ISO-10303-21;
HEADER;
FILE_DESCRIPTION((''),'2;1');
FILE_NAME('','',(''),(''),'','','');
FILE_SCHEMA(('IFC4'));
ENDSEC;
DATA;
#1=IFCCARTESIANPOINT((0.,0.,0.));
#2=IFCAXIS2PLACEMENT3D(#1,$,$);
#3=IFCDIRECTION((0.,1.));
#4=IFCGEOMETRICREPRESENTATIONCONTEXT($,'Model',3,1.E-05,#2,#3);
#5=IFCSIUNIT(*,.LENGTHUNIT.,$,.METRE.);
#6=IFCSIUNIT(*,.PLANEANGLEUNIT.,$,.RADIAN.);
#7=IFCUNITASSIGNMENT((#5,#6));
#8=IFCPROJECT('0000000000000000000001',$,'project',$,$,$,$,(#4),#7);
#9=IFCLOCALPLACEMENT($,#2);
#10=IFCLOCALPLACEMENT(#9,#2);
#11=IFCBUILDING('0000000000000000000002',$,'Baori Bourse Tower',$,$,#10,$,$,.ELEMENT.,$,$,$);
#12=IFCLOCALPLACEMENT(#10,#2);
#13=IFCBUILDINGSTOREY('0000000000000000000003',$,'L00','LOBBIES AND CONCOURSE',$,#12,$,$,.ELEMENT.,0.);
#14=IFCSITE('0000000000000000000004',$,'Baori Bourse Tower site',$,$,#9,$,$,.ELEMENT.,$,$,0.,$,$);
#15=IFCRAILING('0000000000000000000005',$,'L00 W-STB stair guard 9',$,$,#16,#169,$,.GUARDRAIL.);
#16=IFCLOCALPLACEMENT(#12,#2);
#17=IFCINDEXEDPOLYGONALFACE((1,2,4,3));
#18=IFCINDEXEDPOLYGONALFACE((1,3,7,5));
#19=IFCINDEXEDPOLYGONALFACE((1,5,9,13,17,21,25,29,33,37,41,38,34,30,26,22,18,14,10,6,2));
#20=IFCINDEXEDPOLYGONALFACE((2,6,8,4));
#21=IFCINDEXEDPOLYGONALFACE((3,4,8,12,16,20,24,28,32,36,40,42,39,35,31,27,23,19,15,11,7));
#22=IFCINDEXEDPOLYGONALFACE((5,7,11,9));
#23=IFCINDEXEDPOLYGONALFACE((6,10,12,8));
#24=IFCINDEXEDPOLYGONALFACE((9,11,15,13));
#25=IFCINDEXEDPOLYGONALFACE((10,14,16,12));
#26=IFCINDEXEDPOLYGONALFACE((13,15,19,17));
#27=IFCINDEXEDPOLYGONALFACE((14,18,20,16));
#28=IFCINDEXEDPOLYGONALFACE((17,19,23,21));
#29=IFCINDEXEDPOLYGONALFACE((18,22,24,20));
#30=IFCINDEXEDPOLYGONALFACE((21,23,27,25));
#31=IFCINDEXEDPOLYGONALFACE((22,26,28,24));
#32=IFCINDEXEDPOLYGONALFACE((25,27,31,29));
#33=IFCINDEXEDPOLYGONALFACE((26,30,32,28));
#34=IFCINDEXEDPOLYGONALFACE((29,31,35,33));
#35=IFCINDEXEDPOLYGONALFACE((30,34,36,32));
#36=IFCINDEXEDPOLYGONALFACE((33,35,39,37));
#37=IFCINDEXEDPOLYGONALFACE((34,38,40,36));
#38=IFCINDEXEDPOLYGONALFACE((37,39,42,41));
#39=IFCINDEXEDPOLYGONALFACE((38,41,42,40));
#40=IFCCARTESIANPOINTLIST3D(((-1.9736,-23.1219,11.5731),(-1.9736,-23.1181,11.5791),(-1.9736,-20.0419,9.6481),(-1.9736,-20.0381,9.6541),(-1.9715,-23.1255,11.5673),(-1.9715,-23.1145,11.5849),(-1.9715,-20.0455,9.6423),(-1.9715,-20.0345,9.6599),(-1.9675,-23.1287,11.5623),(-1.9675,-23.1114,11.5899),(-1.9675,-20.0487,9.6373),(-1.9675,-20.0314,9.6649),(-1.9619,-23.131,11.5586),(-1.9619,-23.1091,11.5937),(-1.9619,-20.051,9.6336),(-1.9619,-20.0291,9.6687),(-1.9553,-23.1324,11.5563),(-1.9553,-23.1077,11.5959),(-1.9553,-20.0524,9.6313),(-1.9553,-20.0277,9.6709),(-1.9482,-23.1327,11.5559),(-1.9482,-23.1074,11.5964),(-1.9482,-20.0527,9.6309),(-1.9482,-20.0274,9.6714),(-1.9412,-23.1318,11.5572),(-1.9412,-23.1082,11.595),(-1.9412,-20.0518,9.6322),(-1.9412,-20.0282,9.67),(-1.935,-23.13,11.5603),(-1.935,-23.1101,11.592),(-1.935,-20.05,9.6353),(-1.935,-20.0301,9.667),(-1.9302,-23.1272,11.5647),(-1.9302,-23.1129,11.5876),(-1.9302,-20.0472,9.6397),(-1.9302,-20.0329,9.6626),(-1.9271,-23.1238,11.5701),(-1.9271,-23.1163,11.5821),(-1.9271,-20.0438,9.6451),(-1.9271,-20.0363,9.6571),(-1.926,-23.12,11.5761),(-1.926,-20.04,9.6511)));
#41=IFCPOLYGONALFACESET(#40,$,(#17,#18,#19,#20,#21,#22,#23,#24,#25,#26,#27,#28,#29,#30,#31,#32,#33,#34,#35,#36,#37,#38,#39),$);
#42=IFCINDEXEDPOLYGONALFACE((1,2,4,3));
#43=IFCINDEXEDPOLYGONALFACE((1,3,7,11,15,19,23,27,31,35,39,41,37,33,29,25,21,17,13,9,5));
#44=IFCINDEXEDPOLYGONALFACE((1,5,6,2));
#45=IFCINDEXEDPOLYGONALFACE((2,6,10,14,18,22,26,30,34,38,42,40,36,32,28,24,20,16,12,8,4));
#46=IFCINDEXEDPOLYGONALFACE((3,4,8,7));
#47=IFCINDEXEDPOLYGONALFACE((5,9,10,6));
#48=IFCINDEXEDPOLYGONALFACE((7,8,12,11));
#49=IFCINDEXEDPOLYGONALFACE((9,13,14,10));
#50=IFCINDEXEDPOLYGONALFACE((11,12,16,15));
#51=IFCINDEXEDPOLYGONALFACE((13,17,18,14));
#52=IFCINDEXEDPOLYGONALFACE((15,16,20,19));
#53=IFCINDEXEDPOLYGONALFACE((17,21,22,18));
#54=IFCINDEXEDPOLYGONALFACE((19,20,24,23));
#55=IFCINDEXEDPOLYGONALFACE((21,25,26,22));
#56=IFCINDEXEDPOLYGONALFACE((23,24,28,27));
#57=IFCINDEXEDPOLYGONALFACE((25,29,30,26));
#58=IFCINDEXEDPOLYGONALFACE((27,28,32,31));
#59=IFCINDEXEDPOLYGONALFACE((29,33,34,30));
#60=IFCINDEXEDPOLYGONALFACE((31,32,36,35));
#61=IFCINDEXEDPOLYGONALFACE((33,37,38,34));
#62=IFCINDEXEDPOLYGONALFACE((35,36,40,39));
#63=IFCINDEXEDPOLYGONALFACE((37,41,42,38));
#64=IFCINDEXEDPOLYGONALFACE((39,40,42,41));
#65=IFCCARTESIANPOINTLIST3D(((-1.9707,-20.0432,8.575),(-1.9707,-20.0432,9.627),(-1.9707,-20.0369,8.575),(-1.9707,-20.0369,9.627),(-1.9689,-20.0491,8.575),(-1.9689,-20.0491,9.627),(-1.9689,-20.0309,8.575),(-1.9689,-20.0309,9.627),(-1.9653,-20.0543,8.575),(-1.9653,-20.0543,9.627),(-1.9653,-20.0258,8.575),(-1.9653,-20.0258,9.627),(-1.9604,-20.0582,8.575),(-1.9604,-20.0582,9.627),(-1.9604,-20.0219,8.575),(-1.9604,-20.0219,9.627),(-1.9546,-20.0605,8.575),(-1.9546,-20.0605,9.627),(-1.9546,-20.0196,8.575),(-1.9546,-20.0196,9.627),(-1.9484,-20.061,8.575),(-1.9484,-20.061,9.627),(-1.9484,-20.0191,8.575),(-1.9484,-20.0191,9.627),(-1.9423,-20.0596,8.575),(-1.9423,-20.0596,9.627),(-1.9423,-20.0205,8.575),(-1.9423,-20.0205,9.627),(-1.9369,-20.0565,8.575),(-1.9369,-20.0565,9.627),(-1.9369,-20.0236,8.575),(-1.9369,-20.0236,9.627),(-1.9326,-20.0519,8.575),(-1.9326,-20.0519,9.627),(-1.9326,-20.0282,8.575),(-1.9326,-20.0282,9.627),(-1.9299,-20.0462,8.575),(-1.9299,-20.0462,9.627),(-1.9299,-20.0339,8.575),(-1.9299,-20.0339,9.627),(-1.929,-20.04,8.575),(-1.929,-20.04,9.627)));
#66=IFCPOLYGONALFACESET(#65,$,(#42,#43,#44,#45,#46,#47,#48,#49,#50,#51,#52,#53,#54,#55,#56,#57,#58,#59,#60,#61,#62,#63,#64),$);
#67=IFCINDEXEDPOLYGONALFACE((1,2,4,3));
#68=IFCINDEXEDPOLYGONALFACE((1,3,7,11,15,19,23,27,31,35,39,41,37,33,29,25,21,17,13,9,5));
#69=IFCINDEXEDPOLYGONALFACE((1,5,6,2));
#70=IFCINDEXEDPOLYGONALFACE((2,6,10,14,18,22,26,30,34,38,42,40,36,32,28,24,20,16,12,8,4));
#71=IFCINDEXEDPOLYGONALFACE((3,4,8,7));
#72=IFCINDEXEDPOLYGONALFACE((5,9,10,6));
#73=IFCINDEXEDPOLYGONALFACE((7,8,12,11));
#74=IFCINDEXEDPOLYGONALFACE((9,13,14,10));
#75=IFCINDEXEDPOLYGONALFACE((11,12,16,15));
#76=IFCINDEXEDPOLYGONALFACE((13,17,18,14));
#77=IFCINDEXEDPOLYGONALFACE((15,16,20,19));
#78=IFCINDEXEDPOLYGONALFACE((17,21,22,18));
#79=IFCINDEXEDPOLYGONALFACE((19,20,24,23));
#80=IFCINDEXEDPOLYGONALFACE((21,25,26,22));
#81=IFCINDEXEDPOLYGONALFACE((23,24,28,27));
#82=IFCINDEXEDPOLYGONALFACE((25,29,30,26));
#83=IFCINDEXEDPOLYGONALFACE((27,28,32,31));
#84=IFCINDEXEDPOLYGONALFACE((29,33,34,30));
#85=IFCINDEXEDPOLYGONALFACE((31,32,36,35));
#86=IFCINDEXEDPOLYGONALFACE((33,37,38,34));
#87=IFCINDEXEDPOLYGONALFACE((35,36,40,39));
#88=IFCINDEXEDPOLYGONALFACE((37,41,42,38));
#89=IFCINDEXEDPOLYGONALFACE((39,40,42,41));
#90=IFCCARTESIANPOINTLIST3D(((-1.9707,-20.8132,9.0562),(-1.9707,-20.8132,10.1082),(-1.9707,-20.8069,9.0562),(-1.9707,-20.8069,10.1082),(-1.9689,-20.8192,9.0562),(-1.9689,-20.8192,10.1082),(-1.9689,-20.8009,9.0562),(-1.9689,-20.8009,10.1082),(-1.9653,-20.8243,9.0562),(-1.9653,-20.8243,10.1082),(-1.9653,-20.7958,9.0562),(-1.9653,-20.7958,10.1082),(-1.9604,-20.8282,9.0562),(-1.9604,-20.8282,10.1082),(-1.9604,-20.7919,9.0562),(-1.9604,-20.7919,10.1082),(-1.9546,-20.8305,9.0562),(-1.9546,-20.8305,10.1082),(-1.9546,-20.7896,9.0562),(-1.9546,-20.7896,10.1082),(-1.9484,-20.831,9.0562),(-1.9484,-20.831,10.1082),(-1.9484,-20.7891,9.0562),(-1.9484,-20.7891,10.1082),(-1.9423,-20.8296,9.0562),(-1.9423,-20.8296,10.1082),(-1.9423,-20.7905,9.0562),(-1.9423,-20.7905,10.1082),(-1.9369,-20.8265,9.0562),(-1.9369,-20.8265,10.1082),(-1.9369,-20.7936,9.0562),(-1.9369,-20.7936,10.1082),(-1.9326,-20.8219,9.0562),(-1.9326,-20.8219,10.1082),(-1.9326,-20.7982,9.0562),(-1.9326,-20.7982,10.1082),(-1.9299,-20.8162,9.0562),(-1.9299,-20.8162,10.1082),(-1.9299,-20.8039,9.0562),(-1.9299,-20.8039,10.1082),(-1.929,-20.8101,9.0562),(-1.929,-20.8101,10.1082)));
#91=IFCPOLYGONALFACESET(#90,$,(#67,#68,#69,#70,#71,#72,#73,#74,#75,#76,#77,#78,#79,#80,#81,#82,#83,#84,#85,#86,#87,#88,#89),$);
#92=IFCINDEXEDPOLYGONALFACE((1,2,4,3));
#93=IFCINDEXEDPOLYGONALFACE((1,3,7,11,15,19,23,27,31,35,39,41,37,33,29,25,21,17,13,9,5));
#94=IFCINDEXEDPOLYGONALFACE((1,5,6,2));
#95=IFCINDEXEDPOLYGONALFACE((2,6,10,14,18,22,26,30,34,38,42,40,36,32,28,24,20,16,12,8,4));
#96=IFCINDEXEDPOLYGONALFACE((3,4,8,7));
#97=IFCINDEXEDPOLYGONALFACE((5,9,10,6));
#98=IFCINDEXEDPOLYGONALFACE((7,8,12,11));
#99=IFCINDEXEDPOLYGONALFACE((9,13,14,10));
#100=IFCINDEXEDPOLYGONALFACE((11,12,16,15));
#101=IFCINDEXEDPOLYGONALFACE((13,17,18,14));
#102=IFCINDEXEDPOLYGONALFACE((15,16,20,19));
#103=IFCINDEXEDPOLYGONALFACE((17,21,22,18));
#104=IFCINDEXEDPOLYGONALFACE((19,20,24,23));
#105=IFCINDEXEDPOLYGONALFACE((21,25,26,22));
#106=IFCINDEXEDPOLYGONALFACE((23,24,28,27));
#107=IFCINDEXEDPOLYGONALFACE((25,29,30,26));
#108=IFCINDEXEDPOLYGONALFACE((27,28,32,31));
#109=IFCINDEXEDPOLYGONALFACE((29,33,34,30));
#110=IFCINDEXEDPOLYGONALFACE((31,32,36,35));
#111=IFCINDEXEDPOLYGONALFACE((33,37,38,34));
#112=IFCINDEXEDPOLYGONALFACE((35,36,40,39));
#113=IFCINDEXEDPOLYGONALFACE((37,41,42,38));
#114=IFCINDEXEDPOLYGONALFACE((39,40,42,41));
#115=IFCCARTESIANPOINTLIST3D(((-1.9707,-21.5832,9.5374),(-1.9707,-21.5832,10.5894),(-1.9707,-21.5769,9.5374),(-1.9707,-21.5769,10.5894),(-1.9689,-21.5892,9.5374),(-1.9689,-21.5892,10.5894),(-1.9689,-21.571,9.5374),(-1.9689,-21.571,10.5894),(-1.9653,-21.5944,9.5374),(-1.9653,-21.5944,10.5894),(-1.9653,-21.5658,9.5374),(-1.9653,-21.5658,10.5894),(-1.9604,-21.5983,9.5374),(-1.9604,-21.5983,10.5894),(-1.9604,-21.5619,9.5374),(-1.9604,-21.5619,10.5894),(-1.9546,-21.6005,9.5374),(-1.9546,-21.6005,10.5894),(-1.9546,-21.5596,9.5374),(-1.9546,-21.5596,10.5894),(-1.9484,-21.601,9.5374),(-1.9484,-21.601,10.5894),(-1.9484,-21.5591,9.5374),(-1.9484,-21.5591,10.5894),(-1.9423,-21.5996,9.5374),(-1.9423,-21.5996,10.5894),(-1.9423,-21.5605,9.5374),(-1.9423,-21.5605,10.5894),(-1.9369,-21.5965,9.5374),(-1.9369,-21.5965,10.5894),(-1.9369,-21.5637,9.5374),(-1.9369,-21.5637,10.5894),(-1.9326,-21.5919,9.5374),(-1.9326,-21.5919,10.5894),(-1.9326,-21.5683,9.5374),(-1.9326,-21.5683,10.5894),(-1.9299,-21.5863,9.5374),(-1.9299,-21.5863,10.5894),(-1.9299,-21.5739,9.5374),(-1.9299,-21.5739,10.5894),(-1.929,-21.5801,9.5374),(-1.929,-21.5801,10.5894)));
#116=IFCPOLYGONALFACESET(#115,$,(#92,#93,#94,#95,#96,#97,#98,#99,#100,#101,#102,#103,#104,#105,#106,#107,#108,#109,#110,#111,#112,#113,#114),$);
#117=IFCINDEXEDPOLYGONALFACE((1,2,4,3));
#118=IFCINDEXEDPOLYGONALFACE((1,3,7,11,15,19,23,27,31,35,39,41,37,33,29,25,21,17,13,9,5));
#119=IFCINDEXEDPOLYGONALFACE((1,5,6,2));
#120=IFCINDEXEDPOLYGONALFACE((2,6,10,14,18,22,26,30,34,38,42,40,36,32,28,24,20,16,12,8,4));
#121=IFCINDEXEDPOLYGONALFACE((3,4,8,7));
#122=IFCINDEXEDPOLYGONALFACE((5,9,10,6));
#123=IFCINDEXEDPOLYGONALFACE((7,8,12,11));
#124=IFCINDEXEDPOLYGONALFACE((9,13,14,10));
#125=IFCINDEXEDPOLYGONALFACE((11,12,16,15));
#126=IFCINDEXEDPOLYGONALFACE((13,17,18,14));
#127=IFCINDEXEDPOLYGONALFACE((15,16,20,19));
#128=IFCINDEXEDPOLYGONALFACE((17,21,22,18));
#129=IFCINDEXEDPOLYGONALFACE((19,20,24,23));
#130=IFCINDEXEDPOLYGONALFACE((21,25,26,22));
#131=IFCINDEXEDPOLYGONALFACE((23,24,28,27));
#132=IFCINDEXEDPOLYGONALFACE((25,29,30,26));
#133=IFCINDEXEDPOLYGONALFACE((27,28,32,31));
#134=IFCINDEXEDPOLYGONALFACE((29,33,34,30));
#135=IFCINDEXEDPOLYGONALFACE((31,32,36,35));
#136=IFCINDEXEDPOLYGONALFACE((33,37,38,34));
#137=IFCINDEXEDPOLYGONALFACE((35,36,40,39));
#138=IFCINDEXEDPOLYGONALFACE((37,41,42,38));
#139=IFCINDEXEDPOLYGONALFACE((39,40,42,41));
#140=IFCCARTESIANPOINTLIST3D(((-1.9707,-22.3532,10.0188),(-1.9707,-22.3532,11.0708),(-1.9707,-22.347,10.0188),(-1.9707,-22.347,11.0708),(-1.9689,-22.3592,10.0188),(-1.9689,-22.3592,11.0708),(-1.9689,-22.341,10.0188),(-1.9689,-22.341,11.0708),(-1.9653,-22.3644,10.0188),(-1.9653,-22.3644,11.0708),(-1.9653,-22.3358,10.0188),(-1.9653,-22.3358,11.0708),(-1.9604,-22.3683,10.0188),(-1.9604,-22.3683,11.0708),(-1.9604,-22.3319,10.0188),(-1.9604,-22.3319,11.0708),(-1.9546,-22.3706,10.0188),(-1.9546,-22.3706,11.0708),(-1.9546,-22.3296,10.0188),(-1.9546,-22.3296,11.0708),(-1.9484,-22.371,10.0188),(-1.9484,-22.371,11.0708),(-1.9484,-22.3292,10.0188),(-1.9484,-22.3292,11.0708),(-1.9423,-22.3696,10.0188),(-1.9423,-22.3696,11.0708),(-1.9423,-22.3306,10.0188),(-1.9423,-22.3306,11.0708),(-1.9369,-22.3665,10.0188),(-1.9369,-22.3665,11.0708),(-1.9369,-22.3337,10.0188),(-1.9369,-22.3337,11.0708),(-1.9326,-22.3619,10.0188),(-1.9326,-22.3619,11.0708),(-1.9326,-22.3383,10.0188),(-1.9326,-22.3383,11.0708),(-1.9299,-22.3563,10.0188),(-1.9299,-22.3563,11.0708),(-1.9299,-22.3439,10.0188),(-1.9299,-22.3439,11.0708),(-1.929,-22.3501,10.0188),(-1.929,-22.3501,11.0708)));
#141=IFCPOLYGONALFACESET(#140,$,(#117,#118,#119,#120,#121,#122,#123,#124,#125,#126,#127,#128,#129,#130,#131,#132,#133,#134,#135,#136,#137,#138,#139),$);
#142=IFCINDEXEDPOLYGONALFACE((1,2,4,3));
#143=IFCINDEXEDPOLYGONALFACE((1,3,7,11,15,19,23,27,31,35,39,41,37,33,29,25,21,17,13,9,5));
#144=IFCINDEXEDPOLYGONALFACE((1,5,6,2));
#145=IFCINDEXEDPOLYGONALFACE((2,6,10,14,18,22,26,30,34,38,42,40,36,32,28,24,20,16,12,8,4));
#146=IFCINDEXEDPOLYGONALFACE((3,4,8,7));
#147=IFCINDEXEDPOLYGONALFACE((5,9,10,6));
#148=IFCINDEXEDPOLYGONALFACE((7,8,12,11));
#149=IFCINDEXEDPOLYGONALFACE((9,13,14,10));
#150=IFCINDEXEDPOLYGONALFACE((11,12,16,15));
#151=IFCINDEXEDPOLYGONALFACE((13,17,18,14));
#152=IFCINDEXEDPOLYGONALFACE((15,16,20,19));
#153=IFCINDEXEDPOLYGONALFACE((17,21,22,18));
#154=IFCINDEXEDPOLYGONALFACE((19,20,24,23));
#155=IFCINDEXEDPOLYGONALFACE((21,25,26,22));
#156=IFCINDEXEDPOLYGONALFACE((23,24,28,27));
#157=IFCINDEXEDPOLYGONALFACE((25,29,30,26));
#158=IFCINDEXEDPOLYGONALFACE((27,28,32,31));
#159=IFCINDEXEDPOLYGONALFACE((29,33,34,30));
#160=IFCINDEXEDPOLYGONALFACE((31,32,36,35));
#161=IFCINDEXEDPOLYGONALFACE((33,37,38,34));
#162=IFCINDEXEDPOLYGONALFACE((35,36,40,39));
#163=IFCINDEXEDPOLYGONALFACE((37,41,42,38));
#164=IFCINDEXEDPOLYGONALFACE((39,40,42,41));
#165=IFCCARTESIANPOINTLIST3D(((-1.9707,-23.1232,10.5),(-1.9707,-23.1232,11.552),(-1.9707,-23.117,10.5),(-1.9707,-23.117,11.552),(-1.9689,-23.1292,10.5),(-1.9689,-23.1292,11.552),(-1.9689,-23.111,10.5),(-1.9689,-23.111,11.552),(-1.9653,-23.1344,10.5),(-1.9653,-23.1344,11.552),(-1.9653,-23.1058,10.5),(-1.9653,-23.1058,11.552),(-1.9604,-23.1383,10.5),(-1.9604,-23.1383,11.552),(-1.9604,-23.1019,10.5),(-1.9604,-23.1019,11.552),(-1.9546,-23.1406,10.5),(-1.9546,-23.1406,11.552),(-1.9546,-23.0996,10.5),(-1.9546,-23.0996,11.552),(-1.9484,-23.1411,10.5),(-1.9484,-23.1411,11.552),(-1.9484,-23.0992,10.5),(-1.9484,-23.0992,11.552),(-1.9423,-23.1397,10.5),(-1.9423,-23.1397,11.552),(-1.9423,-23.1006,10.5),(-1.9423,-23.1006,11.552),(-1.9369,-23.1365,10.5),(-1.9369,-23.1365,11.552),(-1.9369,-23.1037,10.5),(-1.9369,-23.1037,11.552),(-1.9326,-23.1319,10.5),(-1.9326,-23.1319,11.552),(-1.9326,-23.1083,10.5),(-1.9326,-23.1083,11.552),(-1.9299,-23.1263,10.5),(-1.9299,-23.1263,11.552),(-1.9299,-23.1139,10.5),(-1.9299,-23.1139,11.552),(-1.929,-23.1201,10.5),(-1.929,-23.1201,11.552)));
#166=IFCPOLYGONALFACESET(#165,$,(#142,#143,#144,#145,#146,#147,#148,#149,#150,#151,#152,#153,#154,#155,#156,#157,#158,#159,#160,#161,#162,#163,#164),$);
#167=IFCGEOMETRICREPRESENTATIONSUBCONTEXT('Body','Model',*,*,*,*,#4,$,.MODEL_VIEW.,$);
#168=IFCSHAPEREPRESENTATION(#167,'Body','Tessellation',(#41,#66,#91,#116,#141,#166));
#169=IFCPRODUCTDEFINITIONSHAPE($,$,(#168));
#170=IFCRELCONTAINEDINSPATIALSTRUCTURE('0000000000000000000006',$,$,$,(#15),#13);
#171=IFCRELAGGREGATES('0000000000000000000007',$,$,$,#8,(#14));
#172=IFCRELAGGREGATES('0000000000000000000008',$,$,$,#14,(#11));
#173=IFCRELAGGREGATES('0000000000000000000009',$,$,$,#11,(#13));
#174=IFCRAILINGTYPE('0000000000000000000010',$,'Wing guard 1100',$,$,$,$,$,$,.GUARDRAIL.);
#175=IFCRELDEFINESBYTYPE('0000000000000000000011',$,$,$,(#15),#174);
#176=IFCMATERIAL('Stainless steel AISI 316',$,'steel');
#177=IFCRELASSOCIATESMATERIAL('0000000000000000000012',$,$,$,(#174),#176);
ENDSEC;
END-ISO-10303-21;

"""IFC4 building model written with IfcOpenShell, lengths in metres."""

from ifc_helpers import new_model, si_unit, direction, frame, origin, origin_2d, place, context, subcontext, project, spatial, circle, extrude, material, type_object, element, save


model = new_model("IFC4")

# Units and contexts
model_context = context("Model", 3, precision=1e-05, world=origin(), true_north=direction((0.0, 1.0)))
body_context = subcontext(model_context, "Body", "Model", "MODEL_VIEW")
ifc_project = project(units=[si_unit("LENGTHUNIT", "METRE"), si_unit("PLANEANGLEUNIT", "RADIAN")], contexts=[model_context])

# Site, building, storey
site_placement = place(None, origin())
site = spatial("IfcSite", under=ifc_project, at=site_placement, Name="Baori Bourse Tower site", CompositionType="ELEMENT", RefElevation=0.0)
building_placement = place(site_placement, origin())
building = spatial("IfcBuilding", under=site, at=building_placement, Name="Baori Bourse Tower", CompositionType="ELEMENT")
storey_placement = place(building_placement, origin())
storey = spatial("IfcBuildingStorey", under=building, at=storey_placement, Name="L00", Description="LOBBIES AND CONCOURSE", CompositionType="ELEMENT", Elevation=0.0)

# Railing
ifc_material_1 = material(Name="Stainless steel AISI 316", Category="steel")
railing_type_1 = type_object("IfcRailingType", Name="Wing guard 1100", PredefinedType="GUARDRAIL", material=ifc_material_1)
railing_1_placement = place(storey_placement, frame((-1.95, -20.04, 8.575)))
element("IfcRailing", 1, at=railing_1_placement, inside=storey, type_object=railing_type_1, Name="L00 W-STB stair guard 9", PredefinedType="GUARDRAIL", context=body_context, shape_type="SweptSolid", body=[
    extrude(circle(Radius=0.0239, at=origin_2d()), frame((0.0, 0.0, 1.0762), z_axis=(0.0, -0.847998, 0.529999), x_axis=(1.0, 0.0, 0.0)), (0.0, 0.0, 1.0), 3.6321),
    extrude(circle(Radius=0.021, at=origin_2d()), origin(), (0.0, 0.0, 1.0), 1.052),
    extrude(circle(Radius=0.021, at=origin_2d()), frame((0.0, -0.77, 0.4812)), (0.0, 0.0, 1.0), 1.052),
    extrude(circle(Radius=0.021, at=origin_2d()), frame((0.0, -1.54, 0.9624)), (0.0, 0.0, 1.0), 1.052),
    extrude(circle(Radius=0.021, at=origin_2d()), frame((0.0, -2.3101, 1.4438)), (0.0, 0.0, 1.0), 1.052),
    extrude(circle(Radius=0.021, at=origin_2d()), frame((0.0, -3.0801, 1.925)), (0.0, 0.0, 1.0), 1.052),
])

save(model, "model.ifc")
